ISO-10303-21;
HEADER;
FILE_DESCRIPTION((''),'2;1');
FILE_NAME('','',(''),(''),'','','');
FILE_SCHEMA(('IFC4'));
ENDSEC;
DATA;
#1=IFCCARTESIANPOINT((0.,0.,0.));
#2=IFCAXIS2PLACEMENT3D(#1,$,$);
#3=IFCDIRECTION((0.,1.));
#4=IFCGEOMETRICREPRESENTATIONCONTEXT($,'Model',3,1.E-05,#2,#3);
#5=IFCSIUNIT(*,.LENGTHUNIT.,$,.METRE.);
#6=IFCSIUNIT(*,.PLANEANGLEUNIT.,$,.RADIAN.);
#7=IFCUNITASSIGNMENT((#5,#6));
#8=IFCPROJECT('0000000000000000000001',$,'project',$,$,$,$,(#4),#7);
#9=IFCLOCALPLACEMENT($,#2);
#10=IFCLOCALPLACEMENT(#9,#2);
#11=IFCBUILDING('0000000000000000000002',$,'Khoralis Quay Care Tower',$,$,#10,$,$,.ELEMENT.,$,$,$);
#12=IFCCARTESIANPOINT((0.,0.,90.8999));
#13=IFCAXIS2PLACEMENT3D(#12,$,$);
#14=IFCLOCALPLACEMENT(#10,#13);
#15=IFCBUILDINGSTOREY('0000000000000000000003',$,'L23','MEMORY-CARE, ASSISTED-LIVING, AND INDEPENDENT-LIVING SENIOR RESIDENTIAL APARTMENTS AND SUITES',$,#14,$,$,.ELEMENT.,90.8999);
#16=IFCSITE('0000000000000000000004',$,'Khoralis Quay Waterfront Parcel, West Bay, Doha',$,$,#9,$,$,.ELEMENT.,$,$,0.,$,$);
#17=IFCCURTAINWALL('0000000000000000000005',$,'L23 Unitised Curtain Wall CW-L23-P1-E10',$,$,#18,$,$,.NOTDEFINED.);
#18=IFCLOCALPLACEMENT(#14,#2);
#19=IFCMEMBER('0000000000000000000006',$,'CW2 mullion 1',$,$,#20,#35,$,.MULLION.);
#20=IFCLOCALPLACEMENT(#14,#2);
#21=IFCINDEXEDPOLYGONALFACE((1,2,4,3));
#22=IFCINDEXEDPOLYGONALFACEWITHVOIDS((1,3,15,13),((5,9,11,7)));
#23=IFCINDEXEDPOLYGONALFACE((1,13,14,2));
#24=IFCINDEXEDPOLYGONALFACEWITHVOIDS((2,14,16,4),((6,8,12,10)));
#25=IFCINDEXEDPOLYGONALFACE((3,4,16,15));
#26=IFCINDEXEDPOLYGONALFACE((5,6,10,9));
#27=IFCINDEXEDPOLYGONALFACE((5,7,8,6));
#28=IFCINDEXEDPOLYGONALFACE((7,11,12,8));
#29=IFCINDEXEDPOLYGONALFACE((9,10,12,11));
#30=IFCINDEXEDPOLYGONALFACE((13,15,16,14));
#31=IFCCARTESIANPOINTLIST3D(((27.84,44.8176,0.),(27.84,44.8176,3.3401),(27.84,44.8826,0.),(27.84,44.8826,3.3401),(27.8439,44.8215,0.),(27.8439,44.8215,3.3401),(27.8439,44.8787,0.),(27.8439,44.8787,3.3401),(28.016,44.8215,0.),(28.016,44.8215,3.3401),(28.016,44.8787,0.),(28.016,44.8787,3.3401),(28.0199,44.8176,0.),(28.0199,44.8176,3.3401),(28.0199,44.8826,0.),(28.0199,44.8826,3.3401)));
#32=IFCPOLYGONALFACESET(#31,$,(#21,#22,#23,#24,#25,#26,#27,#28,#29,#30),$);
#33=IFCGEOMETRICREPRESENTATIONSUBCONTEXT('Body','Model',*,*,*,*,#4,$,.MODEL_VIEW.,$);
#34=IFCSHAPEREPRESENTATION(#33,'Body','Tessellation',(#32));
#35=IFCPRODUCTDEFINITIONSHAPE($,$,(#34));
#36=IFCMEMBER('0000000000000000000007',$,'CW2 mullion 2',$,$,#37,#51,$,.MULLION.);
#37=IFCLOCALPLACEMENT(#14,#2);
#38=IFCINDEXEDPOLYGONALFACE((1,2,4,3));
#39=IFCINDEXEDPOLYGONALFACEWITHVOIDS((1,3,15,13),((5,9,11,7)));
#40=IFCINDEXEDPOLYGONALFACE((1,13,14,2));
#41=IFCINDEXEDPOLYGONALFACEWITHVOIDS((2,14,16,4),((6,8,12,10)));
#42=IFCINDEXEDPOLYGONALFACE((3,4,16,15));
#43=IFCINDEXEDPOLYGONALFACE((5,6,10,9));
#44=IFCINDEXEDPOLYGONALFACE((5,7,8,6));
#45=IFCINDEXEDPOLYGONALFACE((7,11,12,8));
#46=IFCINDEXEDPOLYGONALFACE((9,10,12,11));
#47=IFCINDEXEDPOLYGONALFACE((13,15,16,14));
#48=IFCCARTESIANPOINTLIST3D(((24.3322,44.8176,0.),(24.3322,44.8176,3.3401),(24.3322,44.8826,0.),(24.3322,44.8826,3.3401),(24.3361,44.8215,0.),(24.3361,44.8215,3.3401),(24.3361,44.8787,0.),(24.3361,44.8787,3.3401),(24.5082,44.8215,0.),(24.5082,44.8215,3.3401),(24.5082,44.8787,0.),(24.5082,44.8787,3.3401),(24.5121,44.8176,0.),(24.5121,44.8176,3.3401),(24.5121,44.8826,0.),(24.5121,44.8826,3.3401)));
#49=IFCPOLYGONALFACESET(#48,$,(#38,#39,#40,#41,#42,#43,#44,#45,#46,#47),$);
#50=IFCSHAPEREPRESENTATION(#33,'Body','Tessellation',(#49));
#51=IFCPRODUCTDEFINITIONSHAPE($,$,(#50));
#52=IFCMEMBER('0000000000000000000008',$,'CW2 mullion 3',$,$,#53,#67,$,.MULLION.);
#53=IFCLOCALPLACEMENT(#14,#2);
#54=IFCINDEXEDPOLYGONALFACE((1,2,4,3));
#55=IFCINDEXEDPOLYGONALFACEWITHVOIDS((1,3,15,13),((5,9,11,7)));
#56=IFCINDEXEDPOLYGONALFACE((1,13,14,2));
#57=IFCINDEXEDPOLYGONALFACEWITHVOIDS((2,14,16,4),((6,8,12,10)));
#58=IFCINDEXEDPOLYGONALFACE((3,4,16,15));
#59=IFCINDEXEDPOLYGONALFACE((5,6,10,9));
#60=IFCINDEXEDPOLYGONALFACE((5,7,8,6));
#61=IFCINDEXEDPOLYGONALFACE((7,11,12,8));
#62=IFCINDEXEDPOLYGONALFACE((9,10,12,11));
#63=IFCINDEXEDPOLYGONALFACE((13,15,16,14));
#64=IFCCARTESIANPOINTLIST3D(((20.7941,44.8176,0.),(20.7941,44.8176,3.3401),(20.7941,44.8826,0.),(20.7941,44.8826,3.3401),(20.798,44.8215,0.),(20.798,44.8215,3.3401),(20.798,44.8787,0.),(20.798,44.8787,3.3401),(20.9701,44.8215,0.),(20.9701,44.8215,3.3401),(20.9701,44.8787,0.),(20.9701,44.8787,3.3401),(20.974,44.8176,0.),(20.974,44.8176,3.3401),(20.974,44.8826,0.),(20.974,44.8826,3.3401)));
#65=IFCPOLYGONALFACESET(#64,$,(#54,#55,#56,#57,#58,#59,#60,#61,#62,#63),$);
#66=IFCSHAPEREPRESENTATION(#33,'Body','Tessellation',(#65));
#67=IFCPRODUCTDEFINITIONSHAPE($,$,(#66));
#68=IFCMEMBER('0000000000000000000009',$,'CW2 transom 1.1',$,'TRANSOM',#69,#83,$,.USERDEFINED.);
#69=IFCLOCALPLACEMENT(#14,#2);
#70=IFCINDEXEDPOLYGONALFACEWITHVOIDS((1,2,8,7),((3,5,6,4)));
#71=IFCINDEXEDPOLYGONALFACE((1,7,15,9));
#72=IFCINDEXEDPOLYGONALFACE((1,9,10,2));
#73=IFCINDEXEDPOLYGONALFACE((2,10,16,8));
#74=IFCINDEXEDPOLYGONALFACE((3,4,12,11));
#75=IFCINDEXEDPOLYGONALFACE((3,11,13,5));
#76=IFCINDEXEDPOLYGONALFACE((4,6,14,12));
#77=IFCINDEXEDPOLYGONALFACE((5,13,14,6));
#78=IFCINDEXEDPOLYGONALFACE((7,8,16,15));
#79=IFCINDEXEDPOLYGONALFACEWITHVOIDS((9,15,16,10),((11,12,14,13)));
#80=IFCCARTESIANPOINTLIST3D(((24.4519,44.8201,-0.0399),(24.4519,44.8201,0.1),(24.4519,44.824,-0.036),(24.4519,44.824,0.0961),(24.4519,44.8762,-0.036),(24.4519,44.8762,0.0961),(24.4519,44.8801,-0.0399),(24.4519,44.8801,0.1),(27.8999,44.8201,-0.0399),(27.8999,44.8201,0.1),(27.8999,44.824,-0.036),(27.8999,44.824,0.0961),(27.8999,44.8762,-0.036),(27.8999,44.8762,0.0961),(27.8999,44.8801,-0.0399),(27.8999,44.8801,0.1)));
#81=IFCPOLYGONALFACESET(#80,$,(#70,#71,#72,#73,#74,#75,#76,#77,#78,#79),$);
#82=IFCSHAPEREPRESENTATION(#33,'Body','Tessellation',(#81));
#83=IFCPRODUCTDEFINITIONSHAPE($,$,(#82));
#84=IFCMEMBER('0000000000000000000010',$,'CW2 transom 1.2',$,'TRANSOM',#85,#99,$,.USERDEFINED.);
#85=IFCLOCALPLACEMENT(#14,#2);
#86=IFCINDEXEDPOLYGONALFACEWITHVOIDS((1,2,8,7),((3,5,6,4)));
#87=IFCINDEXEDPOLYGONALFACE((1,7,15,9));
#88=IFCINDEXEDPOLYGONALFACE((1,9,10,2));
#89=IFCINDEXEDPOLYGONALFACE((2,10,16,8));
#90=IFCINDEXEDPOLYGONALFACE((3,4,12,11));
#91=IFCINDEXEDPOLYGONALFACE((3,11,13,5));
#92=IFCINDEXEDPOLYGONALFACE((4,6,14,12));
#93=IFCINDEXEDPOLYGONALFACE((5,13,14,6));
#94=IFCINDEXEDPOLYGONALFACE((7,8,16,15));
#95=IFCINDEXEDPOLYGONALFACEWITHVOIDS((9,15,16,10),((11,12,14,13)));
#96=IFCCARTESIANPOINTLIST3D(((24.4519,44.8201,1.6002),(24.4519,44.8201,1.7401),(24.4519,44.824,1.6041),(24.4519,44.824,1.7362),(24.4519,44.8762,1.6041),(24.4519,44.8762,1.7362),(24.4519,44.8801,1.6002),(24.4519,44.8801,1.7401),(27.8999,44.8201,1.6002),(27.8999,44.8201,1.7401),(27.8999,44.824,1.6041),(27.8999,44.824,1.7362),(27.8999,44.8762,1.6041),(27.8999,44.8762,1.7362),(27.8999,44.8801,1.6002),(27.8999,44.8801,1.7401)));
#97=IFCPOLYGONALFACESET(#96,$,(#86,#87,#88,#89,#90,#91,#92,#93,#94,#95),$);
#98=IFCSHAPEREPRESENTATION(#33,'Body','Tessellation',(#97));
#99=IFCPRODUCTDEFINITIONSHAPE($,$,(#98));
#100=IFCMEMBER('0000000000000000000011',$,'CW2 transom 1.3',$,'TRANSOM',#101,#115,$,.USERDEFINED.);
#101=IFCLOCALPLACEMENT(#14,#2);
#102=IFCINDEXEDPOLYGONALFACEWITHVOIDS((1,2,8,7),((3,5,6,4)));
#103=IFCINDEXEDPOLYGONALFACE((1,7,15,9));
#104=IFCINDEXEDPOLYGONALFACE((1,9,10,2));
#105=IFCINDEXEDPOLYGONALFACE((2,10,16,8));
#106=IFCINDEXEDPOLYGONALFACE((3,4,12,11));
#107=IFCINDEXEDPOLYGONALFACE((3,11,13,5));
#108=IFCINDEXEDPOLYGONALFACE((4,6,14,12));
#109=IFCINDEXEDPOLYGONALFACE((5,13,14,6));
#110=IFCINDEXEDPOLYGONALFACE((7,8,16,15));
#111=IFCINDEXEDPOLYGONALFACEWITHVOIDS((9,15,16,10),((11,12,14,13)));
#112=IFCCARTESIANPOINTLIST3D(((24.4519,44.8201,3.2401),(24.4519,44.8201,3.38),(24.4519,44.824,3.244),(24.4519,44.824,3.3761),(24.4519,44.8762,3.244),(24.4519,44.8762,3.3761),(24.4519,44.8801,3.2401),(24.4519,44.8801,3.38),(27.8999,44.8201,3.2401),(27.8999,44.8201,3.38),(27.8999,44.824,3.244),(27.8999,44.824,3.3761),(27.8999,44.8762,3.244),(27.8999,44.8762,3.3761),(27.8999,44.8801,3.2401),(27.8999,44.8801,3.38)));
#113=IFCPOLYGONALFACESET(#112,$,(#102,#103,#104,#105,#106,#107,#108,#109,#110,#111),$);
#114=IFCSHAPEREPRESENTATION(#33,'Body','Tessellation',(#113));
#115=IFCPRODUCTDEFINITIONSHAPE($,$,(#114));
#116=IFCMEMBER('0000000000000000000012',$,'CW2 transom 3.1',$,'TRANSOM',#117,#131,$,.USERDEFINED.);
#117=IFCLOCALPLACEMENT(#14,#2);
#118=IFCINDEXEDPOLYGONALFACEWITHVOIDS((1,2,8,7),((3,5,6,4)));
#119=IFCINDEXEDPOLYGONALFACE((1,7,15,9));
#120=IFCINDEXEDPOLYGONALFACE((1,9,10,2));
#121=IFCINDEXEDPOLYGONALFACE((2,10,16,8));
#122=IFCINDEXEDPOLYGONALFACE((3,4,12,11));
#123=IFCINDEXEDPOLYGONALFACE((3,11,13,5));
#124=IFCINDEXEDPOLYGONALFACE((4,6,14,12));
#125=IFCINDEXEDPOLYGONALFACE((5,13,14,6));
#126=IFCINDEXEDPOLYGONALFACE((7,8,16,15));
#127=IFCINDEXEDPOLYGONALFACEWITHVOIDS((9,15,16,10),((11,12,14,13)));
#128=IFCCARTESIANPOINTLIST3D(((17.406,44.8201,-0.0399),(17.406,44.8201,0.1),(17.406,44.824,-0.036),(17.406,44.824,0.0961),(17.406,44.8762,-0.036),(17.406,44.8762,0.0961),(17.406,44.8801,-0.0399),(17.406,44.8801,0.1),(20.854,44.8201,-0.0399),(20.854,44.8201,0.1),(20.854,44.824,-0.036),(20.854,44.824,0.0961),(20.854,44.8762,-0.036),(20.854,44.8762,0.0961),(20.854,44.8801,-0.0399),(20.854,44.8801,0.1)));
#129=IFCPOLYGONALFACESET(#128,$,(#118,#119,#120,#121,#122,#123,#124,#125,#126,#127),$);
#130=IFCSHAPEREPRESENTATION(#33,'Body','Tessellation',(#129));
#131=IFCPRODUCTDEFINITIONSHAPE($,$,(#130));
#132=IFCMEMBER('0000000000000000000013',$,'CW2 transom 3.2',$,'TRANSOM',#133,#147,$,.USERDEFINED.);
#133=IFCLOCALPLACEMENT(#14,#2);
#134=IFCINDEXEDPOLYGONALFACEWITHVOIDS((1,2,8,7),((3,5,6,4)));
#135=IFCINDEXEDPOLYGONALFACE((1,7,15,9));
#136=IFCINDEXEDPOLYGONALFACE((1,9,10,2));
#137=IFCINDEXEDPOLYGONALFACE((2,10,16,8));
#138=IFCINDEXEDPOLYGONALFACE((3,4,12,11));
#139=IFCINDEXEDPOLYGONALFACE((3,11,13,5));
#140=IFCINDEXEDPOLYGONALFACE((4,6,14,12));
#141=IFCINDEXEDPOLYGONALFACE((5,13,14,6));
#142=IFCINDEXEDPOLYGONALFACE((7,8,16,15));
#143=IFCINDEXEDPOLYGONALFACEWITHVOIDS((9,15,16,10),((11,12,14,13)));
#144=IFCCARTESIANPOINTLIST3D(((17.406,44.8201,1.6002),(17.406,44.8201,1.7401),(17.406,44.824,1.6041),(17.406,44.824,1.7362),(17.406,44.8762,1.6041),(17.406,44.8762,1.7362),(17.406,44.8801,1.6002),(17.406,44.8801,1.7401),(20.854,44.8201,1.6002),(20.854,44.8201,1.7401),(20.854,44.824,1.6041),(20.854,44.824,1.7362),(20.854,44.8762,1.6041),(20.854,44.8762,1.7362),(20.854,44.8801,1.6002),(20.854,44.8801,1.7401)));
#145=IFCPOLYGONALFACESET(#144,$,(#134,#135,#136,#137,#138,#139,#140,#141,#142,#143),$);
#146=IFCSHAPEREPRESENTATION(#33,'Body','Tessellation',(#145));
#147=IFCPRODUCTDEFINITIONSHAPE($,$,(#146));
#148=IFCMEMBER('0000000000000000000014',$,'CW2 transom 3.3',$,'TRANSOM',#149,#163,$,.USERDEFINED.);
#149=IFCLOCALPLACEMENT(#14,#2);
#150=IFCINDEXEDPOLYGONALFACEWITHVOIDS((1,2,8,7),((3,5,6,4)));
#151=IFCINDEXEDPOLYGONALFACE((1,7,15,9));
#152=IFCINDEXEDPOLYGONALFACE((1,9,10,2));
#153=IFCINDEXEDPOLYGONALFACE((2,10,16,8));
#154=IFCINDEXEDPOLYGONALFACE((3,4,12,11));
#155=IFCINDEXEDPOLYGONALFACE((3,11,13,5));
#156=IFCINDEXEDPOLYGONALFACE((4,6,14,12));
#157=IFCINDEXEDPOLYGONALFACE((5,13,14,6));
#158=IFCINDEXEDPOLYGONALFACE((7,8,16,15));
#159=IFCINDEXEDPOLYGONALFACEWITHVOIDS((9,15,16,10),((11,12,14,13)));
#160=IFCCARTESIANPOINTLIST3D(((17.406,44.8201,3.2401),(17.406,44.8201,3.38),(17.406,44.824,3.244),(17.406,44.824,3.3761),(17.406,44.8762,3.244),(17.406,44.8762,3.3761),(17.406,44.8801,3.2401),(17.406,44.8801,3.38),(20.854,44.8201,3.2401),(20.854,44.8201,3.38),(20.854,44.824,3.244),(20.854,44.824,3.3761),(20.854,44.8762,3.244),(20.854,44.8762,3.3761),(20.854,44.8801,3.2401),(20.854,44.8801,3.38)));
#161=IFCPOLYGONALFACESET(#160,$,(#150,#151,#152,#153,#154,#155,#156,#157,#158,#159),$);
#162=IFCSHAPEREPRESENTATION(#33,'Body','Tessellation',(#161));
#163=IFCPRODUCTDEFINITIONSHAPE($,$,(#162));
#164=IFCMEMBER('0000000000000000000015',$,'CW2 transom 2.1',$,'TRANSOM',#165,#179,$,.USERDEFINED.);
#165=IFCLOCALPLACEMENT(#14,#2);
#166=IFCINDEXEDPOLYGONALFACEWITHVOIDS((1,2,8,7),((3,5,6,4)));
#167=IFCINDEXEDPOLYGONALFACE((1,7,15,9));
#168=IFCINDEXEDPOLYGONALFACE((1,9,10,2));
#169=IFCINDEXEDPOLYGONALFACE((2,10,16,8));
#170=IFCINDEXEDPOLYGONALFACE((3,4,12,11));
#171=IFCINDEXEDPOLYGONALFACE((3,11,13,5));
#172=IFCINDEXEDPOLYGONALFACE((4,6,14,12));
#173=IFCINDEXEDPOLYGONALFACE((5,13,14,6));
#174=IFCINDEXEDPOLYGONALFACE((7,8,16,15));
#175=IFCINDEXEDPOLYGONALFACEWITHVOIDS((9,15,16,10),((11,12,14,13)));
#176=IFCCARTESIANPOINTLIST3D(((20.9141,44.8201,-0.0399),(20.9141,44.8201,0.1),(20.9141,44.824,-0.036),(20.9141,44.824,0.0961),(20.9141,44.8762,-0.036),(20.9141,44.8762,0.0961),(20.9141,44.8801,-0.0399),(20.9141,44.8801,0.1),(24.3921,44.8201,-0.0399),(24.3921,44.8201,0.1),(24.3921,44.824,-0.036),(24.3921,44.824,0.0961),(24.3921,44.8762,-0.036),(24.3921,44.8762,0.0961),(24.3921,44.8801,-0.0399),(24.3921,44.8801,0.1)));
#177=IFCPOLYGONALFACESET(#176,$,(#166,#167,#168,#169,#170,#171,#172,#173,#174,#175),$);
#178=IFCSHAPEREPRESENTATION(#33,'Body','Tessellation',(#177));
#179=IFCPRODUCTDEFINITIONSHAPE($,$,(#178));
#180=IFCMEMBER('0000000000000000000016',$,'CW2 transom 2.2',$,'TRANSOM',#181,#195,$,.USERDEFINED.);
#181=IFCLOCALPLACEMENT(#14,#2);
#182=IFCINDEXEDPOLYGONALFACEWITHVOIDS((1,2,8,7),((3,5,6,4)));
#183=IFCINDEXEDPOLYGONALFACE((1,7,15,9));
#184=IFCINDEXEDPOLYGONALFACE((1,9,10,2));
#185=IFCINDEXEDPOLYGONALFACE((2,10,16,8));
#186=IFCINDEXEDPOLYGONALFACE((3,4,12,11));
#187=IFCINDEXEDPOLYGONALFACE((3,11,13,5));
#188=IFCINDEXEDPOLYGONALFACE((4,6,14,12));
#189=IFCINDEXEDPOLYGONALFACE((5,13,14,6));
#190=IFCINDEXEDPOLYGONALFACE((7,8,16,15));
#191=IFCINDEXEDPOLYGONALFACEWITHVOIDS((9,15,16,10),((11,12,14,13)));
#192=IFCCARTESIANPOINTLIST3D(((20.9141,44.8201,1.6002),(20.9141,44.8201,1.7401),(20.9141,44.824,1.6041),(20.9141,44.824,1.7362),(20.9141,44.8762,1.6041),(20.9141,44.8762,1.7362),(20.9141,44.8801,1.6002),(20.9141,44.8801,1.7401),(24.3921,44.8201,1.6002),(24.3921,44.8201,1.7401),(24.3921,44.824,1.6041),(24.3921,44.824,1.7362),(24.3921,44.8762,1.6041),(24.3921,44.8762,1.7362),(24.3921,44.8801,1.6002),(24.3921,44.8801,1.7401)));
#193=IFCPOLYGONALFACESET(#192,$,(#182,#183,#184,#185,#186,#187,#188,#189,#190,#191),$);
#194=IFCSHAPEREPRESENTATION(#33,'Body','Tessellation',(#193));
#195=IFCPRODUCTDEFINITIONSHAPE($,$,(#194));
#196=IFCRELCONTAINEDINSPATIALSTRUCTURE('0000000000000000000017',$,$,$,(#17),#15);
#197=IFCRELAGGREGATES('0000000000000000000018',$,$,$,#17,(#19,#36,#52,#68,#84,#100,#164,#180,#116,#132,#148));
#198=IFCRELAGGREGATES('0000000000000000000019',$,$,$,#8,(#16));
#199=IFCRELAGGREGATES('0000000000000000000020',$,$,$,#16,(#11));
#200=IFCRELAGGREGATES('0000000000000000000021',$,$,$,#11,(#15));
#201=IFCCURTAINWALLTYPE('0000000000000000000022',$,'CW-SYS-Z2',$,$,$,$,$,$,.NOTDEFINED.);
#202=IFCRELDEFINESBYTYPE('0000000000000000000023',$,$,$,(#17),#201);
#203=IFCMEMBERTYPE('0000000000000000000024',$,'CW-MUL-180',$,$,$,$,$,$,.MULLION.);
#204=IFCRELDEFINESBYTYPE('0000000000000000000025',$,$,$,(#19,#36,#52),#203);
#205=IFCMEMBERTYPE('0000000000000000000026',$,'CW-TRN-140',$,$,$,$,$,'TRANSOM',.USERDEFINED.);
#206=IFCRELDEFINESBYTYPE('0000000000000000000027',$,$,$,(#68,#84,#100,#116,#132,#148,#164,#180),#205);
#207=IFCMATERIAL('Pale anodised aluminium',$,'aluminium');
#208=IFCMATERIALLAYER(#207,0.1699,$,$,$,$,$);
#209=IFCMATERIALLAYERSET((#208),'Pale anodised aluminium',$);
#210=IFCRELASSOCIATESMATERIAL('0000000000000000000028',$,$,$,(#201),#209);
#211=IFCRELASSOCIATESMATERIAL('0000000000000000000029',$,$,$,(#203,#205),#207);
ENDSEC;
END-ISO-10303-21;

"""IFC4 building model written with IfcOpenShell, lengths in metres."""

from ifc_helpers import new_model, si_unit, direction, frame, origin, origin_2d, place, context, subcontext, project, spatial, hollow_rectangle, extrude, source, transform, mapped, material, layer, layer_set, material_profile, profile_set, type_object, element, aggregate, save


model = new_model("IFC4")

# Units and contexts
model_context = context("Model", 3, precision=1e-05, world=origin(), true_north=direction((0.0, 1.0)))
body_context = subcontext(model_context, "Body", "Model", "MODEL_VIEW")
ifc_project = project(units=[si_unit("LENGTHUNIT", "METRE"), si_unit("PLANEANGLEUNIT", "RADIAN")], contexts=[model_context])

# Site, building, storey
site_placement = place(None, origin())
site = spatial("IfcSite", under=ifc_project, at=site_placement, Name="Khoralis Quay Waterfront Parcel, West Bay, Doha", CompositionType="ELEMENT", RefElevation=0.0)
building_placement = place(site_placement, origin())
building = spatial("IfcBuilding", under=site, at=building_placement, Name="Khoralis Quay Care Tower", CompositionType="ELEMENT")
storey_placement = place(building_placement, frame((0.0, 0.0, 90.8999)))
storey = spatial("IfcBuildingStorey", under=building, at=storey_placement, Name="L23", Description="MEMORY-CARE, ASSISTED-LIVING, AND INDEPENDENT-LIVING SENIOR RESIDENTIAL APARTMENTS AND SUITES", CompositionType="ELEMENT", Elevation=90.8999)

# Curtain wall, members
ifc_material_1 = material(Name="Pale anodised aluminium", Category="aluminium")
ifc_layer_1 = layer(ifc_material_1, 0.1699)
ifc_layer_set_1 = layer_set([ifc_layer_1], Name="Pale anodised aluminium")
curtain_wall_type = type_object("IfcCurtainWallType", Name="CW-SYS-Z2", PredefinedType="NOTDEFINED", material=ifc_layer_set_1)
curtain_wall_placement = place(storey_placement, origin())
curtain_wall = element("IfcCurtainWall", 1, at=curtain_wall_placement, inside=storey, type_object=curtain_wall_type, Name="L23 Unitised Curtain Wall CW-L23-P1-E10", PredefinedType="NOTDEFINED")
ifc_material_profile_1 = material_profile(ifc_material_1, hollow_rectangle(XDim=0.0649, YDim=0.1799, WallThickness=0.0039, at=origin_2d()), Name="Pale anodised aluminium")
ifc_profile_set_1 = profile_set([ifc_material_profile_1], Name="Pale anodised aluminium")
member_type_1 = type_object("IfcMemberType", Name="CW-MUL-180", PredefinedType="MULLION", material=ifc_profile_set_1)
shared_shape_1 = source(origin(), body_context, "Body", "SweptSolid", [
    extrude(hollow_rectangle(XDim=0.0649, YDim=0.1799, WallThickness=0.0039, at=origin_2d()), origin(), (0.0, 0.0, 1.0), 3.3401),
])
member_1_placement = place(storey_placement, frame((27.9299, 44.8501, 0.0), z_axis=(0.0, 0.0, 1.0), x_axis=(0.0, -1.0, 0.0)))
member_1 = element("IfcMember", 2, at=member_1_placement, type_object=member_type_1, Name="CW2 mullion 1", PredefinedType="MULLION", context=body_context, shape_type="MappedRepresentation", body=[
    mapped(shared_shape_1, transform((0.0, 0.0, 0.0), scale=1.0)),
])
member_2_placement = place(storey_placement, frame((24.4221, 44.8501, 0.0), z_axis=(0.0, 0.0, 1.0), x_axis=(0.0, -1.0, 0.0)))
member_2 = element("IfcMember", 3, at=member_2_placement, type_object=member_type_1, Name="CW2 mullion 2", PredefinedType="MULLION", context=body_context, shape_type="MappedRepresentation", body=[
    mapped(shared_shape_1, transform((0.0, 0.0, 0.0), scale=1.0)),
])
member_3_placement = place(storey_placement, frame((20.884, 44.8501, 0.0), z_axis=(0.0, 0.0, 1.0), x_axis=(0.0, -1.0, 0.0)))
member_3 = element("IfcMember", 4, at=member_3_placement, type_object=member_type_1, Name="CW2 mullion 3", PredefinedType="MULLION", context=body_context, shape_type="MappedRepresentation", body=[
    mapped(shared_shape_1, transform((0.0, 0.0, 0.0), scale=1.0)),
])
ifc_material_profile_2 = material_profile(ifc_material_1, hollow_rectangle(XDim=0.0601, YDim=0.1399, WallThickness=0.0039, at=origin_2d()), Name="Pale anodised aluminium")
ifc_profile_set_2 = profile_set([ifc_material_profile_2], Name="Pale anodised aluminium")
member_type_2 = type_object("IfcMemberType", Name="CW-TRN-140", ElementType="TRANSOM", PredefinedType="USERDEFINED", material=ifc_profile_set_2)
shared_shape_2 = source(origin(), body_context, "Body", "SweptSolid", [
    extrude(hollow_rectangle(XDim=0.0601, YDim=0.1399, WallThickness=0.0039, at=origin_2d()), origin(), (0.0, 0.0, 1.0), 3.448),
])
member_4_placement = place(storey_placement, frame((27.8999, 44.8501, 0.03), z_axis=(-1.0, 0.0, 0.0), x_axis=(0.0, -1.0, 0.0)))
member_4 = element("IfcMember", 5, at=member_4_placement, type_object=member_type_2, Name="CW2 transom 1.1", ObjectType="TRANSOM", PredefinedType="USERDEFINED", context=body_context, shape_type="MappedRepresentation", body=[
    mapped(shared_shape_2, transform((0.0, 0.0, 0.0), scale=1.0)),
])
member_5_placement = place(storey_placement, frame((27.8999, 44.8501, 1.6702), z_axis=(-1.0, 0.0, 0.0), x_axis=(0.0, -1.0, 0.0)))
member_5 = element("IfcMember", 6, at=member_5_placement, type_object=member_type_2, Name="CW2 transom 1.2", ObjectType="TRANSOM", PredefinedType="USERDEFINED", context=body_context, shape_type="MappedRepresentation", body=[
    mapped(shared_shape_2, transform((0.0, 0.0, 0.0), scale=1.0)),
])
member_6_placement = place(storey_placement, frame((27.8999, 44.8501, 3.3101), z_axis=(-1.0, 0.0, 0.0), x_axis=(0.0, -1.0, 0.0)))
member_6 = element("IfcMember", 7, at=member_6_placement, type_object=member_type_2, Name="CW2 transom 1.3", ObjectType="TRANSOM", PredefinedType="USERDEFINED", context=body_context, shape_type="MappedRepresentation", body=[
    mapped(shared_shape_2, transform((0.0, 0.0, 0.0), scale=1.0)),
])
member_7_placement = place(storey_placement, frame((20.854, 44.8501, 0.03), z_axis=(-1.0, 0.0, 0.0), x_axis=(0.0, -1.0, 0.0)))
member_7 = element("IfcMember", 8, at=member_7_placement, type_object=member_type_2, Name="CW2 transom 3.1", ObjectType="TRANSOM", PredefinedType="USERDEFINED", context=body_context, shape_type="MappedRepresentation", body=[
    mapped(shared_shape_2, transform((0.0, 0.0, 0.0), scale=1.0)),
])
member_8_placement = place(storey_placement, frame((20.854, 44.8501, 1.6702), z_axis=(-1.0, 0.0, 0.0), x_axis=(0.0, -1.0, 0.0)))
member_8 = element("IfcMember", 9, at=member_8_placement, type_object=member_type_2, Name="CW2 transom 3.2", ObjectType="TRANSOM", PredefinedType="USERDEFINED", context=body_context, shape_type="MappedRepresentation", body=[
    mapped(shared_shape_2, transform((0.0, 0.0, 0.0), scale=1.0)),
])
member_9_placement = place(storey_placement, frame((20.854, 44.8501, 3.3101), z_axis=(-1.0, 0.0, 0.0), x_axis=(0.0, -1.0, 0.0)))
member_9 = element("IfcMember", 10, at=member_9_placement, type_object=member_type_2, Name="CW2 transom 3.3", ObjectType="TRANSOM", PredefinedType="USERDEFINED", context=body_context, shape_type="MappedRepresentation", body=[
    mapped(shared_shape_2, transform((0.0, 0.0, 0.0), scale=1.0)),
])
shared_shape_3 = source(origin(), body_context, "Body", "SweptSolid", [
    extrude(hollow_rectangle(XDim=0.0601, YDim=0.1399, WallThickness=0.0039, at=origin_2d()), origin(), (0.0, 0.0, 1.0), 3.478),
])
member_10_placement = place(storey_placement, frame((24.3921, 44.8501, 0.03), z_axis=(-1.0, 0.0, 0.0), x_axis=(0.0, -1.0, 0.0)))
member_10 = element("IfcMember", 11, at=member_10_placement, type_object=member_type_2, Name="CW2 transom 2.1", ObjectType="TRANSOM", PredefinedType="USERDEFINED", context=body_context, shape_type="MappedRepresentation", body=[
    mapped(shared_shape_3, transform((0.0, 0.0, 0.0), scale=1.0)),
])
member_11_placement = place(storey_placement, frame((24.3921, 44.8501, 1.6702), z_axis=(-1.0, 0.0, 0.0), x_axis=(0.0, -1.0, 0.0)))
member_11 = element("IfcMember", 12, at=member_11_placement, type_object=member_type_2, Name="CW2 transom 2.2", ObjectType="TRANSOM", PredefinedType="USERDEFINED", context=body_context, shape_type="MappedRepresentation", body=[
    mapped(shared_shape_3, transform((0.0, 0.0, 0.0), scale=1.0)),
])
aggregate(curtain_wall, [member_1, member_2, member_3, member_4, member_5, member_6, member_10, member_11, member_7, member_8, member_9])

save(model, "model.ifc")
